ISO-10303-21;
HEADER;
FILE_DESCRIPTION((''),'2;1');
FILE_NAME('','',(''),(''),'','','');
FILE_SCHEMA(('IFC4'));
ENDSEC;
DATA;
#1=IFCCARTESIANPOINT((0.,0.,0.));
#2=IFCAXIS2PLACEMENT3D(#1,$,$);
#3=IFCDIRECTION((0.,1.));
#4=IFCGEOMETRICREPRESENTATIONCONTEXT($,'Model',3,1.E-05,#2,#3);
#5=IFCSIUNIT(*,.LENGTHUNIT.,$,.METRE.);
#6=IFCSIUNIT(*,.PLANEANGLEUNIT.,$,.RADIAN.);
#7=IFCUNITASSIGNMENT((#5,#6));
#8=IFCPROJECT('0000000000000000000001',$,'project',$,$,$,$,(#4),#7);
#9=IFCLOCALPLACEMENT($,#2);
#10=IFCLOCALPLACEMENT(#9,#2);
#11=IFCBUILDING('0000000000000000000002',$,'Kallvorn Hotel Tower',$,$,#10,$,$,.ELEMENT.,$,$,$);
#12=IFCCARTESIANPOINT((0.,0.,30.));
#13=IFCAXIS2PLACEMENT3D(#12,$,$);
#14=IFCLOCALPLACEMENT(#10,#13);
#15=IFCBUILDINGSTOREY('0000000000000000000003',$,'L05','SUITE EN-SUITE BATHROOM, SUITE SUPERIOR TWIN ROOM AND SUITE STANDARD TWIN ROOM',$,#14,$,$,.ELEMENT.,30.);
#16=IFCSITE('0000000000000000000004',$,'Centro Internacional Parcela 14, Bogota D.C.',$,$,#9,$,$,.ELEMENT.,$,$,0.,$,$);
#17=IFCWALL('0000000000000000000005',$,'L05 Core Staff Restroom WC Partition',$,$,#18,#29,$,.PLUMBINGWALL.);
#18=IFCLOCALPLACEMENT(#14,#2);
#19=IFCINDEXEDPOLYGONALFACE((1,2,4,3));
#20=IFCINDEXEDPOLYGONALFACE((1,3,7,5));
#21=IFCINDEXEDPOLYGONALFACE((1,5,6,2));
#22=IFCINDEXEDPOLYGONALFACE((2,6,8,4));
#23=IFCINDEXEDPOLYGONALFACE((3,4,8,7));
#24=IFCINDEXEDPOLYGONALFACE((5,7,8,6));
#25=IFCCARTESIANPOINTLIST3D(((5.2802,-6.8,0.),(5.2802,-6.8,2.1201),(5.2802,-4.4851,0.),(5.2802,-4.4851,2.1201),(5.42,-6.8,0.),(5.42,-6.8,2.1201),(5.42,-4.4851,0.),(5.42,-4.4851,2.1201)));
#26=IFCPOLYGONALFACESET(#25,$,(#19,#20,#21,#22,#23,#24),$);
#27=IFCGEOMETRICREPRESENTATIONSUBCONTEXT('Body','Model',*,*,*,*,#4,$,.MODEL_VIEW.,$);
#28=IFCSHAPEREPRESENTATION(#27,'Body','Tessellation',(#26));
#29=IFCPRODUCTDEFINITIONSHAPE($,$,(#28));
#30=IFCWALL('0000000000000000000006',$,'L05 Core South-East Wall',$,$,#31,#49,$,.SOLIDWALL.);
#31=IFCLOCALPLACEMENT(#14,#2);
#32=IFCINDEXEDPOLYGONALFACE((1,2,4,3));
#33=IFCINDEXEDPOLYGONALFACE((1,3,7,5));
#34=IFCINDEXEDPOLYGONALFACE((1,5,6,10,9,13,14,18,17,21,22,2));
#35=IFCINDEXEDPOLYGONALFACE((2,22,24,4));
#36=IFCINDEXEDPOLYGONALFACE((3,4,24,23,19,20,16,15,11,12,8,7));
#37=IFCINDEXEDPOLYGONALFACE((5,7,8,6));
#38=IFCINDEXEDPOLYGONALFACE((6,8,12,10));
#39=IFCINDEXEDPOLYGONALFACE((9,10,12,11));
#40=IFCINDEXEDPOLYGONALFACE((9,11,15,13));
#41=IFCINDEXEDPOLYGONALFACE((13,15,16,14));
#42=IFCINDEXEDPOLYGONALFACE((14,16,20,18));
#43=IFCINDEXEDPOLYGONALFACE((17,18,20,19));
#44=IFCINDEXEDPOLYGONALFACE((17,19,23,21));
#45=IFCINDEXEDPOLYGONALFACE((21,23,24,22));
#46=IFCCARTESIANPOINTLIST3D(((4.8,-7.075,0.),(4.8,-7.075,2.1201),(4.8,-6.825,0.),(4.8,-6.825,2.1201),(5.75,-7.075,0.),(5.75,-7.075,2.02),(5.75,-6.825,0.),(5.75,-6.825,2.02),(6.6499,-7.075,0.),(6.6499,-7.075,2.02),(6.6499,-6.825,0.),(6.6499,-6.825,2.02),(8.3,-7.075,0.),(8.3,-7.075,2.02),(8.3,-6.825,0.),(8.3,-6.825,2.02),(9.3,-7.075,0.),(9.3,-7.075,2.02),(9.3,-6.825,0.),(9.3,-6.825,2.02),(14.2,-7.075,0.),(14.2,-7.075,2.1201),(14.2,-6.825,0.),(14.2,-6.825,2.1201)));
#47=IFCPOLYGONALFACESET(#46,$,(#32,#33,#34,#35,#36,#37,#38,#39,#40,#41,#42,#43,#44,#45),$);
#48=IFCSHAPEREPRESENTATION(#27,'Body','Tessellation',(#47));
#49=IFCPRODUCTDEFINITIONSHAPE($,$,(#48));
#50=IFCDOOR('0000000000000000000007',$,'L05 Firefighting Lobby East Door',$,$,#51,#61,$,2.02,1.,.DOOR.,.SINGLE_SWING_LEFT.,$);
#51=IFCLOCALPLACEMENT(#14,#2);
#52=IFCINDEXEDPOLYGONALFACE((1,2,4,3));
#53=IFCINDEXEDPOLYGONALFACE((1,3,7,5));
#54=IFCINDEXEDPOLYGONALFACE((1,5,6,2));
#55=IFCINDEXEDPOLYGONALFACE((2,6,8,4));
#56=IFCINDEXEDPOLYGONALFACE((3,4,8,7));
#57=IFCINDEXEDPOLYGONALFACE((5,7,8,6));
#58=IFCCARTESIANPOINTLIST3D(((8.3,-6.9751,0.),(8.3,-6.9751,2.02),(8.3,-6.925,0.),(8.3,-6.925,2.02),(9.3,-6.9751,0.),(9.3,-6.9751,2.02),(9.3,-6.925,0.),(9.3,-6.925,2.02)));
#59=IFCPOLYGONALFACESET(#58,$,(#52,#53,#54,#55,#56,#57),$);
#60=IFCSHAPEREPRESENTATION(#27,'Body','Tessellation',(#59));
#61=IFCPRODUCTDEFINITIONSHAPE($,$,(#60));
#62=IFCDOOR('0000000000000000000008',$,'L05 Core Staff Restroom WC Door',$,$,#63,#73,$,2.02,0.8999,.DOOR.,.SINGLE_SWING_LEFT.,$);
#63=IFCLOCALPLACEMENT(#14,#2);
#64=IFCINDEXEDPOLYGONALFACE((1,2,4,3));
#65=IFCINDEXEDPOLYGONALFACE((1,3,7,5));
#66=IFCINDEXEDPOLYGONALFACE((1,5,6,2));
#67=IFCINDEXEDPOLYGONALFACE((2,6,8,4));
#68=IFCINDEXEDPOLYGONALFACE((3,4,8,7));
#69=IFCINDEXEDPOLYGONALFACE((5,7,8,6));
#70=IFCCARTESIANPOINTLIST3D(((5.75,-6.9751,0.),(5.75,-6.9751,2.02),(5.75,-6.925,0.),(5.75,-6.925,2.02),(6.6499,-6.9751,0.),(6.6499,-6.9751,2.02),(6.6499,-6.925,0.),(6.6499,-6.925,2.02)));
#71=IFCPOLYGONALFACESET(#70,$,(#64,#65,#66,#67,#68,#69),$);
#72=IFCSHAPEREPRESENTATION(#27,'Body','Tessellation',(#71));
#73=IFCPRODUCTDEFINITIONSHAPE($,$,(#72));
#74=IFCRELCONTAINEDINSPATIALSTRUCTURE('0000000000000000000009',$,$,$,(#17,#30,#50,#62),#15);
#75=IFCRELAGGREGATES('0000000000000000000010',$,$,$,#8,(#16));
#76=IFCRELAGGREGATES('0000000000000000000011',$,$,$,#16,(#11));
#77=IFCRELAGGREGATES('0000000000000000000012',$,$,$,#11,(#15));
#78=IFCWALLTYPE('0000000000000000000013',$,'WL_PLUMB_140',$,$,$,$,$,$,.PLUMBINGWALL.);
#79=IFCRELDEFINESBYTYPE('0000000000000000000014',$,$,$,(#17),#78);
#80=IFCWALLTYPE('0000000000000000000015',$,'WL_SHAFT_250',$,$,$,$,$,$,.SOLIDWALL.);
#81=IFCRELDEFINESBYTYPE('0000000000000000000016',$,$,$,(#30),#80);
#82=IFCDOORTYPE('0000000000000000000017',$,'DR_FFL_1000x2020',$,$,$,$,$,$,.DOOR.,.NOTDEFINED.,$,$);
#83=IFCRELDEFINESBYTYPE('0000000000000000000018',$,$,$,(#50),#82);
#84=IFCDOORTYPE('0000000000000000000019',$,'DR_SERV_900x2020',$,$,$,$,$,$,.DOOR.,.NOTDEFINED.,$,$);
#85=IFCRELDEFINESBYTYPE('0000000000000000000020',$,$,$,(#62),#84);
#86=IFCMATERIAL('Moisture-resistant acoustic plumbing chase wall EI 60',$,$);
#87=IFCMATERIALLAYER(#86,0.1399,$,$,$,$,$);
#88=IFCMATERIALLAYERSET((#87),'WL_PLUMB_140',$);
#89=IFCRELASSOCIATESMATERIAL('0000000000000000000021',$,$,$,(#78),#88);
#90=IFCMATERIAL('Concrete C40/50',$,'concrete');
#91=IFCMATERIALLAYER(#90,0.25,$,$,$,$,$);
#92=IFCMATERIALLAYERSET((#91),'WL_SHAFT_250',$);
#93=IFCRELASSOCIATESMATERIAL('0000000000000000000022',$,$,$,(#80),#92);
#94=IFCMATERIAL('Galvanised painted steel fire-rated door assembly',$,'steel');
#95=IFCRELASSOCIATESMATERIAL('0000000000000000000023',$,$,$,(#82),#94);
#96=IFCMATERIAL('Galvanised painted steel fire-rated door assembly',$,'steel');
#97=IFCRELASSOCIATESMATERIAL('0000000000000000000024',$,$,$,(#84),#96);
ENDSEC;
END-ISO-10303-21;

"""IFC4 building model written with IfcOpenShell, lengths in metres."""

from ifc_helpers import new_model, si_unit, direction, frame, frame_2d, origin, place, context, subcontext, project, spatial, rectangle, extrude, material, layer, layer_set, type_object, element, fill, save


model = new_model("IFC4")

# Units and contexts
model_context = context("Model", 3, precision=1e-05, world=origin(), true_north=direction((0.0, 1.0)))
body_context = subcontext(model_context, "Body", "Model", "MODEL_VIEW")
ifc_project = project(units=[si_unit("LENGTHUNIT", "METRE"), si_unit("PLANEANGLEUNIT", "RADIAN")], contexts=[model_context])

# Site, building, storey
site_placement = place(None, origin())
site = spatial("IfcSite", under=ifc_project, at=site_placement, Name="Centro Internacional Parcela 14, Bogota D.C.", CompositionType="ELEMENT", RefElevation=0.0)
building_placement = place(site_placement, origin())
building = spatial("IfcBuilding", under=site, at=building_placement, Name="Kallvorn Hotel Tower", CompositionType="ELEMENT")
storey_placement = place(building_placement, frame((0.0, 0.0, 30.0)))
storey = spatial("IfcBuildingStorey", under=building, at=storey_placement, Name="L05", Description="SUITE EN-SUITE BATHROOM, SUITE SUPERIOR TWIN ROOM AND SUITE STANDARD TWIN ROOM", CompositionType="ELEMENT", Elevation=30.0)

# Wall
ifc_material_1 = material(Name="Moisture-resistant acoustic plumbing chase wall EI 60")
ifc_layer_1 = layer(ifc_material_1, 0.1399)
ifc_layer_set_1 = layer_set([ifc_layer_1], Name="WL_PLUMB_140")
wall_type_1 = type_object("IfcWallType", Name="WL_PLUMB_140", PredefinedType="PLUMBINGWALL", material=ifc_layer_set_1)
wall_1_placement = place(storey_placement, frame((5.3501, -6.8, 0.0), z_axis=(0.0, 0.0, 1.0), x_axis=(0.0, 1.0, 0.0)))
element("IfcWall", 1, at=wall_1_placement, inside=storey, type_object=wall_type_1, Name="L05 Core Staff Restroom WC Partition", PredefinedType="PLUMBINGWALL", context=body_context, shape_type="SweptSolid", body=[
    extrude(rectangle(XDim=2.3149, YDim=0.1399, at=frame_2d((1.1575, 0.0))), origin(), (0.0, 0.0, 1.0), 2.1201),
])

# Wall, openings, doors
ifc_material_2 = material(Name="Concrete C40/50", Category="concrete")
ifc_layer_2 = layer(ifc_material_2, 0.25)
ifc_layer_set_2 = layer_set([ifc_layer_2], Name="WL_SHAFT_250")
wall_type_2 = type_object("IfcWallType", Name="WL_SHAFT_250", PredefinedType="SOLIDWALL", material=ifc_layer_set_2)
wall_2_placement = place(storey_placement, frame((4.8, -6.95, 0.0), z_axis=(0.0, 0.0, 1.0), x_axis=(1.0, 0.0, 0.0)))
wall_2 = element("IfcWall", 2, at=wall_2_placement, inside=storey, type_object=wall_type_2, Name="L05 Core South-East Wall", PredefinedType="SOLIDWALL", context=body_context, shape_type="SweptSolid", body=[
    extrude(rectangle(XDim=9.3999, YDim=0.25, at=frame_2d((4.7, 0.0))), origin(), (0.0, 0.0, 1.0), 2.1201),
])
opening_1_placement = place(wall_2_placement, frame((3.5, 0.0, 0.0)))
opening_1 = element("IfcOpeningElement", 3, at=opening_1_placement, cuts=wall_2, PredefinedType="OPENING", context=body_context, shape_type="SweptSolid", body=[
    extrude(rectangle(XDim=1.0, YDim=2.02, at=frame_2d((0.5, 1.01))), frame((0.0, 0.1399, 0.0), z_axis=(0.0, -1.0, 0.0), x_axis=(1.0, 0.0, 0.0)), (0.0, 0.0, 1.0), 0.28),
])
opening_2_placement = place(wall_2_placement, frame((0.95, 0.0, 0.0)))
opening_2 = element("IfcOpeningElement", 4, at=opening_2_placement, cuts=wall_2, PredefinedType="OPENING", context=body_context, shape_type="SweptSolid", body=[
    extrude(rectangle(XDim=0.8999, YDim=2.02, at=frame_2d((0.45, 1.01))), frame((0.0, 0.1399, 0.0), z_axis=(0.0, -1.0, 0.0), x_axis=(1.0, 0.0, 0.0)), (0.0, 0.0, 1.0), 0.28),
])
ifc_material_3 = material(Name="Galvanised painted steel fire-rated door assembly", Category="steel")
door_type_1 = type_object("IfcDoorType", Name="DR_FFL_1000x2020", OperationType="NOTDEFINED", PredefinedType="DOOR", material=ifc_material_3)
door_1_placement = place(opening_1_placement, origin())
door_1 = element("IfcDoor", 5, at=door_1_placement, inside=storey, type_object=door_type_1, Name="L05 Firefighting Lobby East Door", OperationType="SINGLE_SWING_LEFT", OverallHeight=2.02, OverallWidth=1.0, PredefinedType="DOOR", context=body_context, shape_type="SweptSolid", body=[
    extrude(rectangle(XDim=1.0, YDim=2.02, at=frame_2d((0.5, 1.01))), frame((0.0, 0.0249, 0.0), z_axis=(0.0, -1.0, 0.0), x_axis=(1.0, 0.0, 0.0)), (0.0, 0.0, 1.0), 0.05),
])
fill(opening_1, door_1)
ifc_material_4 = material(Name="Galvanised painted steel fire-rated door assembly", Category="steel")
door_type_2 = type_object("IfcDoorType", Name="DR_SERV_900x2020", OperationType="NOTDEFINED", PredefinedType="DOOR", material=ifc_material_4)
door_2_placement = place(opening_2_placement, origin())
door_2 = element("IfcDoor", 6, at=door_2_placement, inside=storey, type_object=door_type_2, Name="L05 Core Staff Restroom WC Door", OperationType="SINGLE_SWING_LEFT", OverallHeight=2.02, OverallWidth=0.8999, PredefinedType="DOOR", context=body_context, shape_type="SweptSolid", body=[
    extrude(rectangle(XDim=0.8999, YDim=2.02, at=frame_2d((0.45, 1.01))), frame((0.0, 0.0249, 0.0), z_axis=(0.0, -1.0, 0.0), x_axis=(1.0, 0.0, 0.0)), (0.0, 0.0, 1.0), 0.05),
])
fill(opening_2, door_2)

save(model, "model.ifc")
